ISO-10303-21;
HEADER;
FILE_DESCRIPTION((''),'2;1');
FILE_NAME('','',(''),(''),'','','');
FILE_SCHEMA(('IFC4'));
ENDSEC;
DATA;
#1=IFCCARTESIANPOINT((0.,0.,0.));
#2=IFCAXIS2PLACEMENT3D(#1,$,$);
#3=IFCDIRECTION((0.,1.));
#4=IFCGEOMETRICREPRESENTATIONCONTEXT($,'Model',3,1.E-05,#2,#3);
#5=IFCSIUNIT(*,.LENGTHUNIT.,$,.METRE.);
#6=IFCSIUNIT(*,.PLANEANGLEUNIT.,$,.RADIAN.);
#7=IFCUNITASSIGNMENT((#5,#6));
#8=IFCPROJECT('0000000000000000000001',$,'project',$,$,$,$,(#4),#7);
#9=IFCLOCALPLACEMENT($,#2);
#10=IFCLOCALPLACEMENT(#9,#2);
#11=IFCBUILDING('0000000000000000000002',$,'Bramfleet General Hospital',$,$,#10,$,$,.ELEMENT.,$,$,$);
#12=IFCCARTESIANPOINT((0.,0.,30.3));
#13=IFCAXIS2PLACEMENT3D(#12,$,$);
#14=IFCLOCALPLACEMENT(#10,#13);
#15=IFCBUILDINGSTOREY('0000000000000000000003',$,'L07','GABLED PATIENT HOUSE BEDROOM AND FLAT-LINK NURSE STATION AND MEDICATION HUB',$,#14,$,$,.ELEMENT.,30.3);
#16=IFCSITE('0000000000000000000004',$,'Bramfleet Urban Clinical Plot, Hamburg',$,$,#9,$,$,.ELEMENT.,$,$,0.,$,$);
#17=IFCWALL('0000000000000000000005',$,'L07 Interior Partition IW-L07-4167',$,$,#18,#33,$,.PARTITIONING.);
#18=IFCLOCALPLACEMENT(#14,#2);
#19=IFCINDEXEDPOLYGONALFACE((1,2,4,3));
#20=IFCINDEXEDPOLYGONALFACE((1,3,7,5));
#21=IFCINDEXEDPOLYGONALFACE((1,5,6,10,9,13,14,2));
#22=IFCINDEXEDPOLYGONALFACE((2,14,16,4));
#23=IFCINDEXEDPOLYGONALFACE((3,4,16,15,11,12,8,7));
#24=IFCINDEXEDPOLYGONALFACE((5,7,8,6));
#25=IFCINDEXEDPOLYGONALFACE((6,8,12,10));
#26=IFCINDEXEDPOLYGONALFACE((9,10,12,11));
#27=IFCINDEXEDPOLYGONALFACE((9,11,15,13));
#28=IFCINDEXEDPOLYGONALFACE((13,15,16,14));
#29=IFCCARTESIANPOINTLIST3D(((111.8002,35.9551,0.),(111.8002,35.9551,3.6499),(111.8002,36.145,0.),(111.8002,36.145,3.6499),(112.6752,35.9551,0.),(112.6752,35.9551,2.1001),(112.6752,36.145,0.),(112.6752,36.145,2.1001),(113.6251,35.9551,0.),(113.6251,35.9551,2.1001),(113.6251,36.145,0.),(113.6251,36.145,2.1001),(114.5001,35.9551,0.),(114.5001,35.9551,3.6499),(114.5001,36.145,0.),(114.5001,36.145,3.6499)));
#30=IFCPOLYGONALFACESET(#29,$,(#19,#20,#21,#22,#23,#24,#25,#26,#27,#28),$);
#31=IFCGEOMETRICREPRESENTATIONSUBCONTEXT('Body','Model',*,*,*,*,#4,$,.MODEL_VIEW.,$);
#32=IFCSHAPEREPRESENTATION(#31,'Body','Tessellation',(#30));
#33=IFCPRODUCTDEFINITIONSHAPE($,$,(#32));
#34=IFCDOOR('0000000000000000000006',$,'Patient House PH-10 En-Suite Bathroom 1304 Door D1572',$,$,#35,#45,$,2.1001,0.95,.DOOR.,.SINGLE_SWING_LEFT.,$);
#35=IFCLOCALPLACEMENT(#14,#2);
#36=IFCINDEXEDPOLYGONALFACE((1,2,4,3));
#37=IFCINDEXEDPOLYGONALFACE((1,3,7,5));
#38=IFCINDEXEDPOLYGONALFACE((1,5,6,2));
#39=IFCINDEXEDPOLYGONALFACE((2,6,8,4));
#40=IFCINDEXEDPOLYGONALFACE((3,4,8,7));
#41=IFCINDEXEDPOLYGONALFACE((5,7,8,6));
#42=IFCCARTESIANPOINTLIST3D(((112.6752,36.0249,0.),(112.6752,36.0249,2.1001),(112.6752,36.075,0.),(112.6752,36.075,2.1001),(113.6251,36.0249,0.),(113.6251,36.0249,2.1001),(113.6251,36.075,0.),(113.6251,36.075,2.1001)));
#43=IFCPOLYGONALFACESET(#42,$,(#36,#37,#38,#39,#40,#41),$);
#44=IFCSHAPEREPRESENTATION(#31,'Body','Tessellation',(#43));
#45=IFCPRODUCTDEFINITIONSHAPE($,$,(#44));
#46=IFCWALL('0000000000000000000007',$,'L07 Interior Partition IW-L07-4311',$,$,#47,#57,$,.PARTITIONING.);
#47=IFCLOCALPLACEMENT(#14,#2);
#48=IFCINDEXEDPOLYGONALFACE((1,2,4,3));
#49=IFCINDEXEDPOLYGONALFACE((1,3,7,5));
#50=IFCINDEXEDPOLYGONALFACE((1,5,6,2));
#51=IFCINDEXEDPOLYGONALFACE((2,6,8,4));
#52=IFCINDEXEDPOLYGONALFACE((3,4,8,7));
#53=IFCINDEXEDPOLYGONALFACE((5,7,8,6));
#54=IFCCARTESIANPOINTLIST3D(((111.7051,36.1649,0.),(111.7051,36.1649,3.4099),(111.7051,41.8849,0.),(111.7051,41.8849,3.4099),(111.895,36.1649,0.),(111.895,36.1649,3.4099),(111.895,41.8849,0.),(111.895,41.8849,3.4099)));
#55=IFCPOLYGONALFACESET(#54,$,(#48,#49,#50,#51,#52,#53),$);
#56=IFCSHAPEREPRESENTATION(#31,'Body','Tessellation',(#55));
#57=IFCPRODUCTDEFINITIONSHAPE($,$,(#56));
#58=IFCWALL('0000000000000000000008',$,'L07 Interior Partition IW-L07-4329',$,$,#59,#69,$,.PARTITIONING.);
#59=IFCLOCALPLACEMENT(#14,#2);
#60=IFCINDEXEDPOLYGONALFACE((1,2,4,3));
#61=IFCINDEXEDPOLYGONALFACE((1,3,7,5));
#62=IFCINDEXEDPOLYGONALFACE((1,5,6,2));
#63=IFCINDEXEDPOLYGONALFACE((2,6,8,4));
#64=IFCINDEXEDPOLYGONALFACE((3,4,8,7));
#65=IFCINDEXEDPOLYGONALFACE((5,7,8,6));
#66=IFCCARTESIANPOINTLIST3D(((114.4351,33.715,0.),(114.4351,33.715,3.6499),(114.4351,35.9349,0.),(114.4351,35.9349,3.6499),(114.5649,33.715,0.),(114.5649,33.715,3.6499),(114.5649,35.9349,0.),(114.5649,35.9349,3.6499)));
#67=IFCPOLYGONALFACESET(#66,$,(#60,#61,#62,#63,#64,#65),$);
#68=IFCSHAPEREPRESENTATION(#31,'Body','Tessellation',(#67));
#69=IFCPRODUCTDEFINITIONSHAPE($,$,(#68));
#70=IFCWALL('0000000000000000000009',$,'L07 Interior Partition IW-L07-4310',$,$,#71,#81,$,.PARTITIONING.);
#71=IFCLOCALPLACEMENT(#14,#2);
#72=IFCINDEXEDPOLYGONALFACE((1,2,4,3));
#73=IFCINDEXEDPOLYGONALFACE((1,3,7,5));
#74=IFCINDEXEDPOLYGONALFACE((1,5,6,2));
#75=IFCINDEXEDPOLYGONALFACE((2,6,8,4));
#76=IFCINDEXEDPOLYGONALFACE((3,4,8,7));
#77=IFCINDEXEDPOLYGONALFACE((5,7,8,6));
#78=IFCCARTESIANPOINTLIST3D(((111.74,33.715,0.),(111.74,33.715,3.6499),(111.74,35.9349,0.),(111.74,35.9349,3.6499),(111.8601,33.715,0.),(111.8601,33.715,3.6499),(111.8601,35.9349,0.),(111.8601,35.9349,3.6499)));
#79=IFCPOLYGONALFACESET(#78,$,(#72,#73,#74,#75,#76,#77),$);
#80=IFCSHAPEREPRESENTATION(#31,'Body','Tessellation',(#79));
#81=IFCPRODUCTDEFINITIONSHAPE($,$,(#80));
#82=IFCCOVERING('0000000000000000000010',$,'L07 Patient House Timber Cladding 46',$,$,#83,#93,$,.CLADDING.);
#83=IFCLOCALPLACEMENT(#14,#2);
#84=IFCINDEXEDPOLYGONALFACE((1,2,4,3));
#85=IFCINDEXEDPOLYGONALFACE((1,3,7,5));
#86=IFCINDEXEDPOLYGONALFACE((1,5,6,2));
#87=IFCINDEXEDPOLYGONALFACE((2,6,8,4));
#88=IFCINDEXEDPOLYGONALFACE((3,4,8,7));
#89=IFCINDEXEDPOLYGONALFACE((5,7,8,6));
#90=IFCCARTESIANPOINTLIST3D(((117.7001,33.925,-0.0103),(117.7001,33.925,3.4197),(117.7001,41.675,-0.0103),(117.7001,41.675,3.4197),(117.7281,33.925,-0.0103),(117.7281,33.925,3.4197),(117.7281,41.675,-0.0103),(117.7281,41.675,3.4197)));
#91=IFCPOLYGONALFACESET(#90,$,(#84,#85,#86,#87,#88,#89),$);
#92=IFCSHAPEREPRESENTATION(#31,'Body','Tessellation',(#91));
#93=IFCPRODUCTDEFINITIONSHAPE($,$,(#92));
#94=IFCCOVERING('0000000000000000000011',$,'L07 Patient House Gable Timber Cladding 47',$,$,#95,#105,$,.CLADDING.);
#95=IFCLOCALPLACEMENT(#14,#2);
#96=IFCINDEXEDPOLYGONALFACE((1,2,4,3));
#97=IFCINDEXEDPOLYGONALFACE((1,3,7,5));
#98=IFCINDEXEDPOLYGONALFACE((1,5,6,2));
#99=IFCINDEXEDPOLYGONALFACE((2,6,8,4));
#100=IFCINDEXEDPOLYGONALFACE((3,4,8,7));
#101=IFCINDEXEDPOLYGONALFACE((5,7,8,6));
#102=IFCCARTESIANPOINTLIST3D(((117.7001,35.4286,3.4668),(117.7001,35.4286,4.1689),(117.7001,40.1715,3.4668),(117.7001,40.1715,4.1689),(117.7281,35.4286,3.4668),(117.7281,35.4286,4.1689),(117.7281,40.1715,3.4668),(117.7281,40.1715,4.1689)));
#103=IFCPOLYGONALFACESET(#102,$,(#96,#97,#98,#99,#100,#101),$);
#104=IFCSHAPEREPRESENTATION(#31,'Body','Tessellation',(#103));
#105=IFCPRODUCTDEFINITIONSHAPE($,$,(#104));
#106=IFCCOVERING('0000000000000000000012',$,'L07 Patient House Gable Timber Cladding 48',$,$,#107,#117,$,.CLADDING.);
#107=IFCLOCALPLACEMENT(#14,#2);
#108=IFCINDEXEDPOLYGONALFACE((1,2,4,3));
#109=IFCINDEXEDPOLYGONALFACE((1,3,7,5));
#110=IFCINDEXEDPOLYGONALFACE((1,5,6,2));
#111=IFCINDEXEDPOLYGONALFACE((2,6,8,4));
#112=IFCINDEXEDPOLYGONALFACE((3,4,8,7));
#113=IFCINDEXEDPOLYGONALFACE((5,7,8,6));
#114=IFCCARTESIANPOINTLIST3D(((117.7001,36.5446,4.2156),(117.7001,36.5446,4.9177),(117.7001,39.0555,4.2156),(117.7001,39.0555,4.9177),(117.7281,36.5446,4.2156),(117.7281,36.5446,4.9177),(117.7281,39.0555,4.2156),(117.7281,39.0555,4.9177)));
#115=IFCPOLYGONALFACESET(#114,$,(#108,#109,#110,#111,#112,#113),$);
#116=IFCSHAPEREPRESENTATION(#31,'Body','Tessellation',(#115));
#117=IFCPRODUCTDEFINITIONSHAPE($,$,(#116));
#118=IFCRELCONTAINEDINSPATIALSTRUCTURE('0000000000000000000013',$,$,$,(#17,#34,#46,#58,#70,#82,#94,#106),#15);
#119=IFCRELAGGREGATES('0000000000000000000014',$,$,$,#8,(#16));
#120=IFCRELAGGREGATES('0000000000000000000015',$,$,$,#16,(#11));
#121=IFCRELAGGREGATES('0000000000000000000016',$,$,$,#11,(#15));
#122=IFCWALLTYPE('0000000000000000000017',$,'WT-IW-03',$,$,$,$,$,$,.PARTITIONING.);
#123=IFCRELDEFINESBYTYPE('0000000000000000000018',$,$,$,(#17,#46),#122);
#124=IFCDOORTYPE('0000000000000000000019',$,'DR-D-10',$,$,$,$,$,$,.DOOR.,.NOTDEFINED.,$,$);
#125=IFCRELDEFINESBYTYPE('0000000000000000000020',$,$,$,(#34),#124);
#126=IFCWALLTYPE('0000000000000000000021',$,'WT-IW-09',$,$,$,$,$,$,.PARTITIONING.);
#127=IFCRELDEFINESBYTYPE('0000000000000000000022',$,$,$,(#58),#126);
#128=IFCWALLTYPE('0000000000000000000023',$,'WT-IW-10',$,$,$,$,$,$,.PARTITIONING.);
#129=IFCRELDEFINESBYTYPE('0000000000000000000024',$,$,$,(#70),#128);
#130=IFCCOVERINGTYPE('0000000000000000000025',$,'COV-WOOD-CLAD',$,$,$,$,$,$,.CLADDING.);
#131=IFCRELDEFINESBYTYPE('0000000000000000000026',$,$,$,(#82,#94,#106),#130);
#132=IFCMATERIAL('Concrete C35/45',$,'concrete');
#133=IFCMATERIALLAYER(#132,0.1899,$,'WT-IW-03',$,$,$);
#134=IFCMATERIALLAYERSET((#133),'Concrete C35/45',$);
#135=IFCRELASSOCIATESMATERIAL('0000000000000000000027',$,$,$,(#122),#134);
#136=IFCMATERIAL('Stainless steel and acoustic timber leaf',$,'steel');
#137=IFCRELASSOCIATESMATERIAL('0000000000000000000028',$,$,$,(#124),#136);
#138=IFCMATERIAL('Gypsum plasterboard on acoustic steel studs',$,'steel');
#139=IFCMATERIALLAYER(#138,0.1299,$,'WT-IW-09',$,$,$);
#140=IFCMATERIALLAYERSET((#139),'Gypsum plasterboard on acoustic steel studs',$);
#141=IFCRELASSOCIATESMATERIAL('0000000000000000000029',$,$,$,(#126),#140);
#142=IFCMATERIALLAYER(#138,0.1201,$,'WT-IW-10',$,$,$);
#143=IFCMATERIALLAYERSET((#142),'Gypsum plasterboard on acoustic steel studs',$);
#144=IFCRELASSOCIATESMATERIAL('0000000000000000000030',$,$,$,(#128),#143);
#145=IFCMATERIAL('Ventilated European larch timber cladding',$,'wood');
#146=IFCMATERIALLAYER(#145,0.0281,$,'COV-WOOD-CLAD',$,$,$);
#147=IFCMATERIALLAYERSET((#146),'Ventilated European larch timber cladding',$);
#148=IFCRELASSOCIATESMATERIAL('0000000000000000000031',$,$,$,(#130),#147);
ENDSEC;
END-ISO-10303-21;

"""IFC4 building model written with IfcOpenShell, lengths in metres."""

from ifc_helpers import new_model, si_unit, direction, frame, frame_2d, origin, origin_2d, place, context, subcontext, project, spatial, rectangle, extrude, material, layer, layer_set, type_object, element, fill, save


model = new_model("IFC4")

# Units and contexts
model_context = context("Model", 3, precision=1e-05, world=origin(), true_north=direction((0.0, 1.0)))
body_context = subcontext(model_context, "Body", "Model", "MODEL_VIEW")
ifc_project = project(units=[si_unit("LENGTHUNIT", "METRE"), si_unit("PLANEANGLEUNIT", "RADIAN")], contexts=[model_context])

# Site, building, storey
site_placement = place(None, origin())
site = spatial("IfcSite", under=ifc_project, at=site_placement, Name="Bramfleet Urban Clinical Plot, Hamburg", CompositionType="ELEMENT", RefElevation=0.0)
building_placement = place(site_placement, origin())
building = spatial("IfcBuilding", under=site, at=building_placement, Name="Bramfleet General Hospital", CompositionType="ELEMENT")
storey_placement = place(building_placement, frame((0.0, 0.0, 30.3)))
storey = spatial("IfcBuildingStorey", under=building, at=storey_placement, Name="L07", Description="GABLED PATIENT HOUSE BEDROOM AND FLAT-LINK NURSE STATION AND MEDICATION HUB", CompositionType="ELEMENT", Elevation=30.3)

# Shared definitions
ifc_material_1 = material(Name="Concrete C35/45", Category="concrete")

# Wall, opening, door
ifc_layer_1 = layer(ifc_material_1, 0.1899, Name="WT-IW-03")
ifc_layer_set_1 = layer_set([ifc_layer_1], Name="Concrete C35/45")
wall_type_1 = type_object("IfcWallType", Name="WT-IW-03", PredefinedType="PARTITIONING", material=ifc_layer_set_1)
wall_1_placement = place(storey_placement, frame((111.8, 36.05, 0.0), z_axis=(0.0, 0.0, 1.0), x_axis=(1.0, 0.0, 0.0)))
wall_1 = element("IfcWall", 1, at=wall_1_placement, inside=storey, type_object=wall_type_1, Name="L07 Interior Partition IW-L07-4167", PredefinedType="PARTITIONING", context=body_context, shape_type="SweptSolid", body=[
    extrude(rectangle(XDim=2.7, YDim=0.1899, at=frame_2d((1.3501, 0.0))), origin(), (0.0, 0.0, 1.0), 3.6499),
])
opening_1_placement = place(wall_1_placement, frame((0.875, 0.0, 0.0)))
opening_1 = element("IfcOpeningElement", 2, at=opening_1_placement, cuts=wall_1, PredefinedType="OPENING", context=body_context, shape_type="SweptSolid", body=[
    extrude(rectangle(XDim=0.95, YDim=2.1001, at=frame_2d((0.4751, 1.05))), frame((0.0, 0.105, 0.0), z_axis=(0.0, -1.0, 0.0), x_axis=(1.0, 0.0, 0.0)), (0.0, 0.0, 1.0), 0.21),
])
ifc_material_2 = material(Name="Stainless steel and acoustic timber leaf", Category="steel")
door_type = type_object("IfcDoorType", Name="DR-D-10", OperationType="NOTDEFINED", PredefinedType="DOOR", material=ifc_material_2)
door_placement = place(opening_1_placement, origin())
door = element("IfcDoor", 3, at=door_placement, inside=storey, type_object=door_type, Name="Patient House PH-10 En-Suite Bathroom 1304 Door D1572", OperationType="SINGLE_SWING_LEFT", OverallHeight=2.1001, OverallWidth=0.95, PredefinedType="DOOR", context=body_context, shape_type="SweptSolid", body=[
    extrude(rectangle(XDim=0.95, YDim=2.1001, at=frame_2d((0.4751, 1.05))), frame((0.0, 0.0249, 0.0), z_axis=(0.0, -1.0, 0.0), x_axis=(1.0, 0.0, 0.0)), (0.0, 0.0, 1.0), 0.05),
])
fill(opening_1, door)

# Walls
wall_2_placement = place(storey_placement, frame((111.8, 36.165, 0.0), z_axis=(0.0, 0.0, 1.0), x_axis=(0.0, 1.0, 0.0)))
element("IfcWall", 4, at=wall_2_placement, inside=storey, type_object=wall_type_1, Name="L07 Interior Partition IW-L07-4311", PredefinedType="PARTITIONING", context=body_context, shape_type="SweptSolid", body=[
    extrude(rectangle(XDim=5.72, YDim=0.1899, at=frame_2d((2.8599, 0.0))), origin(), (0.0, 0.0, 1.0), 3.4099),
])
ifc_material_3 = material(Name="Gypsum plasterboard on acoustic steel studs", Category="steel")
ifc_layer_2 = layer(ifc_material_3, 0.1299, Name="WT-IW-09")
ifc_layer_set_2 = layer_set([ifc_layer_2], Name="Gypsum plasterboard on acoustic steel studs")
wall_type_2 = type_object("IfcWallType", Name="WT-IW-09", PredefinedType="PARTITIONING", material=ifc_layer_set_2)
wall_3_placement = place(storey_placement, frame((114.5, 33.7151, 0.0), z_axis=(0.0, 0.0, 1.0), x_axis=(0.0, 1.0, 0.0)))
element("IfcWall", 5, at=wall_3_placement, inside=storey, type_object=wall_type_2, Name="L07 Interior Partition IW-L07-4329", PredefinedType="PARTITIONING", context=body_context, shape_type="SweptSolid", body=[
    extrude(rectangle(XDim=2.22, YDim=0.1299, at=frame_2d((1.1099, 0.0))), origin(), (0.0, 0.0, 1.0), 3.6499),
])
ifc_layer_3 = layer(ifc_material_3, 0.1201, Name="WT-IW-10")
ifc_layer_set_3 = layer_set([ifc_layer_3], Name="Gypsum plasterboard on acoustic steel studs")
wall_type_3 = type_object("IfcWallType", Name="WT-IW-10", PredefinedType="PARTITIONING", material=ifc_layer_set_3)
wall_4_placement = place(storey_placement, frame((111.8, 33.7151, 0.0), z_axis=(0.0, 0.0, 1.0), x_axis=(0.0, 1.0, 0.0)))
element("IfcWall", 6, at=wall_4_placement, inside=storey, type_object=wall_type_3, Name="L07 Interior Partition IW-L07-4310", PredefinedType="PARTITIONING", context=body_context, shape_type="SweptSolid", body=[
    extrude(rectangle(XDim=2.22, YDim=0.1201, at=frame_2d((1.1099, 0.0))), origin(), (0.0, 0.0, 1.0), 3.6499),
])

# Coverings
ifc_material_4 = material(Name="Ventilated European larch timber cladding", Category="wood")
ifc_layer_4 = layer(ifc_material_4, 0.0281, Name="COV-WOOD-CLAD")
ifc_layer_set_4 = layer_set([ifc_layer_4], Name="Ventilated European larch timber cladding")
covering_type = type_object("IfcCoveringType", Name="COV-WOOD-CLAD", PredefinedType="CLADDING", material=ifc_layer_set_4)
covering_1_placement = place(storey_placement, frame((117.7141, 37.8, -0.0103), z_axis=(0.0, 0.0, 1.0), x_axis=(0.0, -1.0, 0.0)))
element("IfcCovering", 7, at=covering_1_placement, inside=storey, type_object=covering_type, Name="L07 Patient House Timber Cladding 46", PredefinedType="CLADDING", context=body_context, shape_type="SweptSolid", body=[
    extrude(rectangle(XDim=7.75, YDim=0.0281, at=origin_2d()), origin(), (0.0, 0.0, 1.0), 3.4299),
])
covering_2_placement = place(storey_placement, frame((117.7141, 37.8, 3.4668), z_axis=(0.0, 0.0, 1.0), x_axis=(0.0, -1.0, 0.0)))
element("IfcCovering", 8, at=covering_2_placement, inside=storey, type_object=covering_type, Name="L07 Patient House Gable Timber Cladding 47", PredefinedType="CLADDING", context=body_context, shape_type="SweptSolid", body=[
    extrude(rectangle(XDim=4.7429, YDim=0.0281, at=origin_2d()), origin(), (0.0, 0.0, 1.0), 0.7021),
])
covering_3_placement = place(storey_placement, frame((117.7141, 37.8, 4.2156), z_axis=(0.0, 0.0, 1.0), x_axis=(0.0, -1.0, 0.0)))
element("IfcCovering", 9, at=covering_3_placement, inside=storey, type_object=covering_type, Name="L07 Patient House Gable Timber Cladding 48", PredefinedType="CLADDING", context=body_context, shape_type="SweptSolid", body=[
    extrude(rectangle(XDim=2.511, YDim=0.0281, at=origin_2d()), origin(), (0.0, 0.0, 1.0), 0.7021),
])

save(model, "model.ifc")
